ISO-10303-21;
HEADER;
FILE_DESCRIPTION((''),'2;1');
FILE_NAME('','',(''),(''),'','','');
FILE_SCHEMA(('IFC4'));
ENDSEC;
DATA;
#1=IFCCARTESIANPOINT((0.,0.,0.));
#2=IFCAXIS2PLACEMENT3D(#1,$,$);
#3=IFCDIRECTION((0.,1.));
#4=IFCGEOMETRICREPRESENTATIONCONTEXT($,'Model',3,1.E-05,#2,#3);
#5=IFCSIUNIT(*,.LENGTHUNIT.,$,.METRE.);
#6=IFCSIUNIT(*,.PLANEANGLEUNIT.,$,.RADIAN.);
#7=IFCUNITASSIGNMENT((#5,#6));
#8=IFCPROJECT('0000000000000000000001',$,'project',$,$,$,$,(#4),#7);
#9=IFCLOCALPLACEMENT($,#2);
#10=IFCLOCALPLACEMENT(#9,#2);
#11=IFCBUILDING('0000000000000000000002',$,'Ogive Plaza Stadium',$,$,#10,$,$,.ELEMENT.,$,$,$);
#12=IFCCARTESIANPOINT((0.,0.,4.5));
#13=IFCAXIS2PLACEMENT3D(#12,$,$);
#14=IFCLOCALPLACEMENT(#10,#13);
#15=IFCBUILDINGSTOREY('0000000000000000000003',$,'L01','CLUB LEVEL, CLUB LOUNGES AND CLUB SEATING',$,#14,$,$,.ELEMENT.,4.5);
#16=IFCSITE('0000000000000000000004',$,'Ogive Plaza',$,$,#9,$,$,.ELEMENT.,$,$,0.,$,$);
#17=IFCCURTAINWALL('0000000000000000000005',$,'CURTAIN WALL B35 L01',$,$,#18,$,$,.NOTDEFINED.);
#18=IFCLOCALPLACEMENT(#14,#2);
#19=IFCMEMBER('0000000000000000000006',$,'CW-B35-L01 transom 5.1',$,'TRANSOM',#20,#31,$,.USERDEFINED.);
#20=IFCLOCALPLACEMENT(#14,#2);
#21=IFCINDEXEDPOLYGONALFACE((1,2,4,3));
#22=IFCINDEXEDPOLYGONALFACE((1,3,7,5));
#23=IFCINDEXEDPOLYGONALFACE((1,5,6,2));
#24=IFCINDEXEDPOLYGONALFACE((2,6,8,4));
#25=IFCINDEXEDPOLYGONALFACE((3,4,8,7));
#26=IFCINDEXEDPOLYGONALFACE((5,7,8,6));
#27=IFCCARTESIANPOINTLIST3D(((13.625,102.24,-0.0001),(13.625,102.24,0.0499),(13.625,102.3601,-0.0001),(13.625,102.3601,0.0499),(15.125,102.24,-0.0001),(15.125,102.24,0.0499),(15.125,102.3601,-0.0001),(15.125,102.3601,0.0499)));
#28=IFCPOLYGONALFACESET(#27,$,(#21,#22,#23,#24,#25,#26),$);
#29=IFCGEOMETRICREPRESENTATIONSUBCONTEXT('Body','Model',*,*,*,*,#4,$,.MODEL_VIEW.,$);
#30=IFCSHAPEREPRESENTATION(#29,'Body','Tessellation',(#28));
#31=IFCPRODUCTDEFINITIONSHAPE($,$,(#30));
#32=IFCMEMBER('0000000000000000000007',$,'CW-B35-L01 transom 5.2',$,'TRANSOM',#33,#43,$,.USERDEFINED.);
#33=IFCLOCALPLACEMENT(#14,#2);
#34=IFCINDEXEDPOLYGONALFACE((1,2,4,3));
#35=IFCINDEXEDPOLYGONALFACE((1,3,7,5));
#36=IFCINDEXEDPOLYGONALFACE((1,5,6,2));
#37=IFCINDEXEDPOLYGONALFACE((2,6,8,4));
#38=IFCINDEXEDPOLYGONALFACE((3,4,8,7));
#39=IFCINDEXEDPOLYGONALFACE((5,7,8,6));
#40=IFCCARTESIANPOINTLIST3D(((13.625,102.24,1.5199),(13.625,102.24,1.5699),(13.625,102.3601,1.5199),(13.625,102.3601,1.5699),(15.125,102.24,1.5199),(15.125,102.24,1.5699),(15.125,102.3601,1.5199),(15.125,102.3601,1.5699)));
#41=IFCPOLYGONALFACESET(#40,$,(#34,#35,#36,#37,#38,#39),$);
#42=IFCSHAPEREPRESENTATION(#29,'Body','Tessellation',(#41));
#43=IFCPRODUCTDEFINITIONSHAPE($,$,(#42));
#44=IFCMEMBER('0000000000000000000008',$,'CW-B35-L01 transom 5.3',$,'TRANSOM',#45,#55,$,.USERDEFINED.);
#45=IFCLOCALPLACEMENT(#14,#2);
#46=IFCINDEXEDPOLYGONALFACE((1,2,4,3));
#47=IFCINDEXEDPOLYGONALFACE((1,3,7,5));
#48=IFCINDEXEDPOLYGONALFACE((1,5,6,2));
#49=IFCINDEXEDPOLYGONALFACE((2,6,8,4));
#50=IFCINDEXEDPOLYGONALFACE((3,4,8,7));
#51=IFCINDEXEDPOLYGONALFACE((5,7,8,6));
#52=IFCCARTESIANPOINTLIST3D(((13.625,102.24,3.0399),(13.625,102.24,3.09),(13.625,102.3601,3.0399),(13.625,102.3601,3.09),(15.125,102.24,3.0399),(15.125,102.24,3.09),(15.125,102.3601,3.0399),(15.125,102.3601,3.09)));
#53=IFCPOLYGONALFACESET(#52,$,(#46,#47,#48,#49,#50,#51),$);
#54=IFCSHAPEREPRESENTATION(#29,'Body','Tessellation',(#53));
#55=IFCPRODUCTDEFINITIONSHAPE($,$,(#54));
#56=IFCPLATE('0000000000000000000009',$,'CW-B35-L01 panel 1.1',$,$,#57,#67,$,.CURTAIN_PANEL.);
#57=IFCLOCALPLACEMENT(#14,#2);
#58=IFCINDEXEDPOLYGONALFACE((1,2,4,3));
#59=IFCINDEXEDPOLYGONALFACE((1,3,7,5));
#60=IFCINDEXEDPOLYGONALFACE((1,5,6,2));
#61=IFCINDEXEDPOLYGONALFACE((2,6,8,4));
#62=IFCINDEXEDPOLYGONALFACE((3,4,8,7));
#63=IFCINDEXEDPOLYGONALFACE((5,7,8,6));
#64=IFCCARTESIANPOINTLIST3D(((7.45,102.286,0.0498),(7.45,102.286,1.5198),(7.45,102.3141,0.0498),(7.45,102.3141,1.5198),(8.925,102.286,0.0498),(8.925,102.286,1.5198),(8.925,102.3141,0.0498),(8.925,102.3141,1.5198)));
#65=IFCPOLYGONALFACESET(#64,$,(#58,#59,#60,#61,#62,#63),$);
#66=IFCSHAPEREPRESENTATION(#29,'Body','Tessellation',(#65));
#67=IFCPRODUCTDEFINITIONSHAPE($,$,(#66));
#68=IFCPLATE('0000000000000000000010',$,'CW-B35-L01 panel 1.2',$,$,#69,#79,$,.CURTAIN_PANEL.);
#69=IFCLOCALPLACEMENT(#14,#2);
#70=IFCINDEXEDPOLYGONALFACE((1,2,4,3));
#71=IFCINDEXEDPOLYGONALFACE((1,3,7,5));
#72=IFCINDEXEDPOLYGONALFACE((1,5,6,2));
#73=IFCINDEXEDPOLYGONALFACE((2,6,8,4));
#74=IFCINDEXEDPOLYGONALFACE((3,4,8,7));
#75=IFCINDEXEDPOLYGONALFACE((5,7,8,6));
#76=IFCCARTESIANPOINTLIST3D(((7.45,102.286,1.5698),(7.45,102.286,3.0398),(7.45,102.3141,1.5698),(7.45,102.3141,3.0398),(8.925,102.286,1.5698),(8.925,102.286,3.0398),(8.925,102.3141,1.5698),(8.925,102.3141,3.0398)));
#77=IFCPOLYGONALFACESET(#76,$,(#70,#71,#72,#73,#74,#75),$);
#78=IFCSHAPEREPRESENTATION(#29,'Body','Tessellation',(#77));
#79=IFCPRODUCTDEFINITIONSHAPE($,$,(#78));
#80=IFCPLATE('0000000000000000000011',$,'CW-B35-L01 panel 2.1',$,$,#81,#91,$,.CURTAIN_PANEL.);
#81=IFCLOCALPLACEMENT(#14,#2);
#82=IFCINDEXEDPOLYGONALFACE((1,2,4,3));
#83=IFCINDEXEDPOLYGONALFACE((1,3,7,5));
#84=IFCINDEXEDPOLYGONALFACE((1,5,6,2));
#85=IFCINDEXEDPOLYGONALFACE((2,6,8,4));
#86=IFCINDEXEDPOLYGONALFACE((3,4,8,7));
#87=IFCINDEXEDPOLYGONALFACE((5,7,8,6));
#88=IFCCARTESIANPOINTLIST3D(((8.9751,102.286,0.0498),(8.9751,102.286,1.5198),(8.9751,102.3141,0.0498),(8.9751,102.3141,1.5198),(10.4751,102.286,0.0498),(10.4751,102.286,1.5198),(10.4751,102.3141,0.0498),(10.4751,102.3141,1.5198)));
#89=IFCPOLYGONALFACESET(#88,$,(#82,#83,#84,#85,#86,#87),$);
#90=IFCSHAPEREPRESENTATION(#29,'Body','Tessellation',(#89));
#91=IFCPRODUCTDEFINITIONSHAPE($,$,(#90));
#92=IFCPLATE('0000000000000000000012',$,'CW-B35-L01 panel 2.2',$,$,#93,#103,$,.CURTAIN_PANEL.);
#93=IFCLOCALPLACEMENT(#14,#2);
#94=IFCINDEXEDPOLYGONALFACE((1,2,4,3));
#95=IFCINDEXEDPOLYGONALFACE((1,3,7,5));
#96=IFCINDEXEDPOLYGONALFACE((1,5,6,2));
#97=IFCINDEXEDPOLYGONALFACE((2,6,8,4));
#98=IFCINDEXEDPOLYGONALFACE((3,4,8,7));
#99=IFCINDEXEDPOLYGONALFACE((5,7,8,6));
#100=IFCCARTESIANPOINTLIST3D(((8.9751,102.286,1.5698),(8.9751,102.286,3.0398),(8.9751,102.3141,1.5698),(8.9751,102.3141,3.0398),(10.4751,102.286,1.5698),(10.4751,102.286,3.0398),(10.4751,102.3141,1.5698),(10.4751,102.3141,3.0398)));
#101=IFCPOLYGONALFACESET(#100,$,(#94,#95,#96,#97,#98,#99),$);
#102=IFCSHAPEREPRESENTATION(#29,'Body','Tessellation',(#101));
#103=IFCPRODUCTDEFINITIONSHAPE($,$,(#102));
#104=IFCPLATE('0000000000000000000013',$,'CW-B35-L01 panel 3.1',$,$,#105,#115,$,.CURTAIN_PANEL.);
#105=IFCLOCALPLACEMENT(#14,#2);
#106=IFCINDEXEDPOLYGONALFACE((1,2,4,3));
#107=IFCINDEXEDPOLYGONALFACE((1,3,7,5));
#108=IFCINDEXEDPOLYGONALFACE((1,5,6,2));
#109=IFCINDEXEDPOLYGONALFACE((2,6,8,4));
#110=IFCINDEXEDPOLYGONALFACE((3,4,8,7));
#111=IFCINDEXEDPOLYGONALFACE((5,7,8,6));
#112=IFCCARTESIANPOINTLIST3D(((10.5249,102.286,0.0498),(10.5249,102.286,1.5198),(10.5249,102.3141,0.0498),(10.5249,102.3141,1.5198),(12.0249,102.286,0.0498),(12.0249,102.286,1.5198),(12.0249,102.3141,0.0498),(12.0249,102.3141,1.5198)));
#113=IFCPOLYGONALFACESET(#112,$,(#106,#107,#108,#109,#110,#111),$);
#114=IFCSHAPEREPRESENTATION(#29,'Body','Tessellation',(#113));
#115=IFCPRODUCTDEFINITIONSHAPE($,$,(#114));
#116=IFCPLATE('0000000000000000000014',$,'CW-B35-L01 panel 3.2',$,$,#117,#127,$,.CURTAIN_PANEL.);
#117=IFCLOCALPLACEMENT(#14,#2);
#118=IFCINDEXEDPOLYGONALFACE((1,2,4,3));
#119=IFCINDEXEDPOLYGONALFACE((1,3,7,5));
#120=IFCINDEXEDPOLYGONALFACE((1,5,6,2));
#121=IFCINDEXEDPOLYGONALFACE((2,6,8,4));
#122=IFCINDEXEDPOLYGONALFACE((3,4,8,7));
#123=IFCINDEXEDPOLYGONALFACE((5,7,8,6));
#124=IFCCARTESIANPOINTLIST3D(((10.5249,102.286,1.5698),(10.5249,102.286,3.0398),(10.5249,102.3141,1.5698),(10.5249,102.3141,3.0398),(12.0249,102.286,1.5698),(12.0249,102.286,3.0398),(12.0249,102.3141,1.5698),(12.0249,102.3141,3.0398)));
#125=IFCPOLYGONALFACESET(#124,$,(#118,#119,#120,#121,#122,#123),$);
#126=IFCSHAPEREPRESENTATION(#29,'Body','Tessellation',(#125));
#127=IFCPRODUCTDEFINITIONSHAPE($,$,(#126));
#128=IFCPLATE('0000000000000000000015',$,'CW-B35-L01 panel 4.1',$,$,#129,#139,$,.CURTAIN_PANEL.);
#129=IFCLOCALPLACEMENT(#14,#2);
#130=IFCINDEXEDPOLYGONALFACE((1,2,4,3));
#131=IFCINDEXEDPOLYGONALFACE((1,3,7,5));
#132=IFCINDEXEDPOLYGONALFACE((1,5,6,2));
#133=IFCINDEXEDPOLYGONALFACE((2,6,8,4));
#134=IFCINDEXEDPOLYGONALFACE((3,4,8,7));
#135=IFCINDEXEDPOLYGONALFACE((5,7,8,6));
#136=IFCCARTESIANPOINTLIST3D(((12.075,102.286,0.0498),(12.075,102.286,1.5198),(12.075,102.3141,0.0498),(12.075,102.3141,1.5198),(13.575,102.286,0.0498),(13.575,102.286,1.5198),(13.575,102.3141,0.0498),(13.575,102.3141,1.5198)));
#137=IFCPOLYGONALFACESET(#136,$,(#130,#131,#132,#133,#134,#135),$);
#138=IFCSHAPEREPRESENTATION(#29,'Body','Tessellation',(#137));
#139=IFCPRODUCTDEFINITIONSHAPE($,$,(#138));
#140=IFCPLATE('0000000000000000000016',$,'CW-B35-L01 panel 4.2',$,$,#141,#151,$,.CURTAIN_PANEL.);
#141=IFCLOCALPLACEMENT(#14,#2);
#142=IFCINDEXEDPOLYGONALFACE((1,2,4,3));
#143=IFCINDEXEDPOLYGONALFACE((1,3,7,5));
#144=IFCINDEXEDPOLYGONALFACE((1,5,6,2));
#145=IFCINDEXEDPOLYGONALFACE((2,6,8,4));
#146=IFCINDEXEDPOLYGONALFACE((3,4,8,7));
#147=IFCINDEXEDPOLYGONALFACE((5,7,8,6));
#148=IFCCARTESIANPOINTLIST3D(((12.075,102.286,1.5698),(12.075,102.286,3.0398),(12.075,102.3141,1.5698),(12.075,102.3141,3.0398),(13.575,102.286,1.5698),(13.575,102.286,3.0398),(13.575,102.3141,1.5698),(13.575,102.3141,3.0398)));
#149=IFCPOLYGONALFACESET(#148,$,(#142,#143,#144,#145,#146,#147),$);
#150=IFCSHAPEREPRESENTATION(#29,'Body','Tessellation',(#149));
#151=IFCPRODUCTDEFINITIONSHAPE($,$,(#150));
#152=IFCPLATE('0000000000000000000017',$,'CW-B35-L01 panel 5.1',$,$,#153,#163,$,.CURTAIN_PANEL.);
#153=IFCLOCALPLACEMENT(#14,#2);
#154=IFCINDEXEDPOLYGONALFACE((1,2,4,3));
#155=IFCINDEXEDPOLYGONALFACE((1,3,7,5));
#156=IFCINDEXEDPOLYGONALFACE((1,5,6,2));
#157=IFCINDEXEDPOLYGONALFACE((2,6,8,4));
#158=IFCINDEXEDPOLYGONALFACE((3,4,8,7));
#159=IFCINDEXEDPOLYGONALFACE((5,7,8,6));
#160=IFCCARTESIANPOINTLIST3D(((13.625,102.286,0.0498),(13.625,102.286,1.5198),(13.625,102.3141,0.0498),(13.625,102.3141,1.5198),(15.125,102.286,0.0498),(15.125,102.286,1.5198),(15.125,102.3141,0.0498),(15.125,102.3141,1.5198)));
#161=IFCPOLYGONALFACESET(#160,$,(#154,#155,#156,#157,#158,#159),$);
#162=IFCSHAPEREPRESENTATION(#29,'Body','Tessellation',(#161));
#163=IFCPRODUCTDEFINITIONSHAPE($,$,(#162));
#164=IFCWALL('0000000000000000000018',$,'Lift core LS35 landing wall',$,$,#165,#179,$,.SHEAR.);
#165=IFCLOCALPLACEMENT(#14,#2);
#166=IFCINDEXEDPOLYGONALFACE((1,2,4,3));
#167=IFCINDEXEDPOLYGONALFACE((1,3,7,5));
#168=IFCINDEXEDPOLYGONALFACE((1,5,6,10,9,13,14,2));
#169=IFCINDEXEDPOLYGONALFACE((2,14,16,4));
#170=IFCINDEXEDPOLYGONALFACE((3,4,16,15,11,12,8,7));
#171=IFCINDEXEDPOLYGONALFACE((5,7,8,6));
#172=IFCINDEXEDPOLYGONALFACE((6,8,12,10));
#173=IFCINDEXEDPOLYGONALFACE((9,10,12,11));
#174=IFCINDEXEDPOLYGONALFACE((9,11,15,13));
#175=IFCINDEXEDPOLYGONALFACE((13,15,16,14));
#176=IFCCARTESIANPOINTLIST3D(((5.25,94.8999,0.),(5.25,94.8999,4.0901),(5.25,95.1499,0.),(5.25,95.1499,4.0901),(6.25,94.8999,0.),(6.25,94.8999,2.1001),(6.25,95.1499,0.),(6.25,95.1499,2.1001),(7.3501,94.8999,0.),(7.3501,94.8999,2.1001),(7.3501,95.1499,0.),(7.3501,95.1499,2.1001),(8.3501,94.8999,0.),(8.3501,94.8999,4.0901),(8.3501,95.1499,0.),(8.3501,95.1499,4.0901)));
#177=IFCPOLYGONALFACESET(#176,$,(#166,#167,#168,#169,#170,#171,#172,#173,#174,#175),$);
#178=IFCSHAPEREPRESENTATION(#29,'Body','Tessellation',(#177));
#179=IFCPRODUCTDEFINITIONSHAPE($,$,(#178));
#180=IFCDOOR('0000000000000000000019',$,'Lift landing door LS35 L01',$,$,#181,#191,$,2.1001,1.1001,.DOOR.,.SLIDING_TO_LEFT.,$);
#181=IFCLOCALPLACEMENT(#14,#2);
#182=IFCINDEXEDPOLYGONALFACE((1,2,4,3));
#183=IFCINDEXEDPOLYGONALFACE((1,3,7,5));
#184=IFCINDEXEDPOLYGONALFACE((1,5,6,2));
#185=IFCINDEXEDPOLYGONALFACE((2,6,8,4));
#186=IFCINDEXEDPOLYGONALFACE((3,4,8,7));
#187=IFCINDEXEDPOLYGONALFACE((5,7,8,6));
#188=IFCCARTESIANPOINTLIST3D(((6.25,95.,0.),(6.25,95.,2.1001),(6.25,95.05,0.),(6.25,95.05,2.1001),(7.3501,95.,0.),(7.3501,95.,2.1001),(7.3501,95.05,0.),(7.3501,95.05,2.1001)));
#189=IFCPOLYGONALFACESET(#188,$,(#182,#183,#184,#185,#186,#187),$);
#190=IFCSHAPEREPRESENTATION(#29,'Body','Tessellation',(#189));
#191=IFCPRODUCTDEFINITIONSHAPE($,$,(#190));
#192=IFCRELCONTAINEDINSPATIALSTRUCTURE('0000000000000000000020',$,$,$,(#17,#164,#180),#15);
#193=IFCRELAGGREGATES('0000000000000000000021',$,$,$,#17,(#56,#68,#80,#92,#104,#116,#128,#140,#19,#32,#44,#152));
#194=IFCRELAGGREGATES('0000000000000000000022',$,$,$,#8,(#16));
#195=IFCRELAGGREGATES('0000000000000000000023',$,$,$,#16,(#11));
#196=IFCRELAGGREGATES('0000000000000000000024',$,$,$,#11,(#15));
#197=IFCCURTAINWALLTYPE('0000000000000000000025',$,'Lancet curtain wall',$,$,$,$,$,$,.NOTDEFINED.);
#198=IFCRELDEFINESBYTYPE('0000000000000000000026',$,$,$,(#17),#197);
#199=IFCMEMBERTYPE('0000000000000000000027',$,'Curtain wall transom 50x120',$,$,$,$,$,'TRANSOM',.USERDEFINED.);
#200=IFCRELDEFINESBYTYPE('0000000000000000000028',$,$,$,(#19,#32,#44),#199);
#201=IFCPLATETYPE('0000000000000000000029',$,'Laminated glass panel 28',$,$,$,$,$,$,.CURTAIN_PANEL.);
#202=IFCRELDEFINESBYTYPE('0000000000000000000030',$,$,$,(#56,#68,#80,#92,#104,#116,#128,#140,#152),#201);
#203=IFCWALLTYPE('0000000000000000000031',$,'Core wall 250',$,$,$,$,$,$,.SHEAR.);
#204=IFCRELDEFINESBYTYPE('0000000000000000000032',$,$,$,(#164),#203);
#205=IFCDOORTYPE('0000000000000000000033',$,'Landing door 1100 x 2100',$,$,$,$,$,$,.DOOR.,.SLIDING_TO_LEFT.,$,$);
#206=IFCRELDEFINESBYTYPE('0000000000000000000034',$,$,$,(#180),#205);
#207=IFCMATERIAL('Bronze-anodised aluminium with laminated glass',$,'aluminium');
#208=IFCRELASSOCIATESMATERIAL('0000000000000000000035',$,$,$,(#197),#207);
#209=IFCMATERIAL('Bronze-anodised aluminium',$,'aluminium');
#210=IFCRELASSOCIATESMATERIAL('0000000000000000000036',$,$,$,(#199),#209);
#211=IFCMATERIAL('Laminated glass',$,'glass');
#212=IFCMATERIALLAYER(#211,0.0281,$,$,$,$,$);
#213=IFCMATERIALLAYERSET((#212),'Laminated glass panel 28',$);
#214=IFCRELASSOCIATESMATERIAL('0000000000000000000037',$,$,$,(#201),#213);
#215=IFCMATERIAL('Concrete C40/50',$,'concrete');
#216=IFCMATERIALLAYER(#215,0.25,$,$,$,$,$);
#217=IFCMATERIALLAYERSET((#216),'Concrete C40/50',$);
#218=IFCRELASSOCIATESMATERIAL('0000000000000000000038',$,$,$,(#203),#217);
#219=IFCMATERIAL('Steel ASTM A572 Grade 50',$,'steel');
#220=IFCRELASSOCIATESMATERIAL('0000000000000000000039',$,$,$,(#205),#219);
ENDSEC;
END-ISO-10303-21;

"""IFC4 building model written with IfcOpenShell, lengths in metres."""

from ifc_helpers import new_model, si_unit, direction, frame, frame_2d, origin, origin_2d, place, context, subcontext, project, spatial, rectangle, extrude, material, layer, layer_set, material_profile, profile_set, type_object, element, fill, aggregate, save


model = new_model("IFC4")

# Units and contexts
model_context = context("Model", 3, precision=1e-05, world=origin(), true_north=direction((0.0, 1.0)))
body_context = subcontext(model_context, "Body", "Model", "MODEL_VIEW")
ifc_project = project(units=[si_unit("LENGTHUNIT", "METRE"), si_unit("PLANEANGLEUNIT", "RADIAN")], contexts=[model_context])

# Site, building, storey
site_placement = place(None, origin())
site = spatial("IfcSite", under=ifc_project, at=site_placement, Name="Ogive Plaza", CompositionType="ELEMENT", RefElevation=0.0)
building_placement = place(site_placement, origin())
building = spatial("IfcBuilding", under=site, at=building_placement, Name="Ogive Plaza Stadium", CompositionType="ELEMENT")
storey_placement = place(building_placement, frame((0.0, 0.0, 4.5)))
storey = spatial("IfcBuildingStorey", under=building, at=storey_placement, Name="L01", Description="CLUB LEVEL, CLUB LOUNGES AND CLUB SEATING", CompositionType="ELEMENT", Elevation=4.5)

# Curtain wall, members, plates
ifc_material_1 = material(Name="Bronze-anodised aluminium with laminated glass", Category="aluminium")
curtain_wall_type = type_object("IfcCurtainWallType", Name="Lancet curtain wall", PredefinedType="NOTDEFINED", material=ifc_material_1)
curtain_wall_placement = place(storey_placement, origin())
curtain_wall = element("IfcCurtainWall", 1, at=curtain_wall_placement, inside=storey, type_object=curtain_wall_type, Name="CURTAIN WALL B35 L01", PredefinedType="NOTDEFINED")
ifc_material_2 = material(Name="Bronze-anodised aluminium", Category="aluminium")
ifc_material_profile_1 = material_profile(ifc_material_2, rectangle(XDim=0.1201, YDim=0.05, at=origin_2d()), Name="AL 120x50")
ifc_profile_set_1 = profile_set([ifc_material_profile_1], Name="Bronze-anodised aluminium")
member_type_1 = type_object("IfcMemberType", Name="Curtain wall transom 50x120", ElementType="TRANSOM", PredefinedType="USERDEFINED", material=ifc_profile_set_1)
member_1_placement = place(storey_placement, frame((13.625, 102.3, 0.0249), z_axis=(1.0, 0.0, 0.0), x_axis=(0.0, 1.0, 0.0)))
member_1 = element("IfcMember", 2, at=member_1_placement, type_object=member_type_1, Name="CW-B35-L01 transom 5.1", ObjectType="TRANSOM", PredefinedType="USERDEFINED", context=body_context, shape_type="SweptSolid", body=[
    extrude(rectangle(XDim=0.1201, YDim=0.05, at=origin_2d()), origin(), (0.0, 0.0, 1.0), 1.5),
])
member_2_placement = place(storey_placement, frame((13.625, 102.3, 1.5449), z_axis=(1.0, 0.0, 0.0), x_axis=(0.0, 1.0, 0.0)))
member_2 = element("IfcMember", 3, at=member_2_placement, type_object=member_type_1, Name="CW-B35-L01 transom 5.2", ObjectType="TRANSOM", PredefinedType="USERDEFINED", context=body_context, shape_type="SweptSolid", body=[
    extrude(rectangle(XDim=0.1201, YDim=0.05, at=origin_2d()), origin(), (0.0, 0.0, 1.0), 1.5),
])
member_3_placement = place(storey_placement, frame((13.625, 102.3, 3.0649), z_axis=(1.0, 0.0, 0.0), x_axis=(0.0, 1.0, 0.0)))
member_3 = element("IfcMember", 4, at=member_3_placement, type_object=member_type_1, Name="CW-B35-L01 transom 5.3", ObjectType="TRANSOM", PredefinedType="USERDEFINED", context=body_context, shape_type="SweptSolid", body=[
    extrude(rectangle(XDim=0.1201, YDim=0.05, at=origin_2d()), origin(), (0.0, 0.0, 1.0), 1.5),
])
ifc_material_3 = material(Name="Laminated glass", Category="glass")
ifc_layer_1 = layer(ifc_material_3, 0.0281)
ifc_layer_set_1 = layer_set([ifc_layer_1], Name="Laminated glass panel 28")
plate_type = type_object("IfcPlateType", Name="Laminated glass panel 28", PredefinedType="CURTAIN_PANEL", material=ifc_layer_set_1)
plate_1_placement = place(storey_placement, frame((8.1875, 102.3, 0.0498), z_axis=(0.0, 0.0, 1.0), x_axis=(1.0, 0.0, 0.0)))
plate_1 = element("IfcPlate", 5, at=plate_1_placement, type_object=plate_type, Name="CW-B35-L01 panel 1.1", PredefinedType="CURTAIN_PANEL", context=body_context, shape_type="SweptSolid", body=[
    extrude(rectangle(XDim=1.4751, YDim=0.0281, at=origin_2d()), origin(), (0.0, 0.0, 1.0), 1.47),
])
plate_2_placement = place(storey_placement, frame((8.1875, 102.3, 1.5698), z_axis=(0.0, 0.0, 1.0), x_axis=(1.0, 0.0, 0.0)))
plate_2 = element("IfcPlate", 6, at=plate_2_placement, type_object=plate_type, Name="CW-B35-L01 panel 1.2", PredefinedType="CURTAIN_PANEL", context=body_context, shape_type="SweptSolid", body=[
    extrude(rectangle(XDim=1.4751, YDim=0.0281, at=origin_2d()), origin(), (0.0, 0.0, 1.0), 1.47),
])
plate_3_placement = place(storey_placement, frame((9.7251, 102.3, 0.0498), z_axis=(0.0, 0.0, 1.0), x_axis=(1.0, 0.0, 0.0)))
plate_3 = element("IfcPlate", 7, at=plate_3_placement, type_object=plate_type, Name="CW-B35-L01 panel 2.1", PredefinedType="CURTAIN_PANEL", context=body_context, shape_type="SweptSolid", body=[
    extrude(rectangle(XDim=1.5, YDim=0.0281, at=origin_2d()), origin(), (0.0, 0.0, 1.0), 1.47),
])
plate_4_placement = place(storey_placement, frame((9.7251, 102.3, 1.5698), z_axis=(0.0, 0.0, 1.0), x_axis=(1.0, 0.0, 0.0)))
plate_4 = element("IfcPlate", 8, at=plate_4_placement, type_object=plate_type, Name="CW-B35-L01 panel 2.2", PredefinedType="CURTAIN_PANEL", context=body_context, shape_type="SweptSolid", body=[
    extrude(rectangle(XDim=1.5, YDim=0.0281, at=origin_2d()), origin(), (0.0, 0.0, 1.0), 1.47),
])
plate_5_placement = place(storey_placement, frame((11.2749, 102.3, 0.0498), z_axis=(0.0, 0.0, 1.0), x_axis=(1.0, 0.0, 0.0)))
plate_5 = element("IfcPlate", 9, at=plate_5_placement, type_object=plate_type, Name="CW-B35-L01 panel 3.1", PredefinedType="CURTAIN_PANEL", context=body_context, shape_type="SweptSolid", body=[
    extrude(rectangle(XDim=1.5, YDim=0.0281, at=origin_2d()), origin(), (0.0, 0.0, 1.0), 1.47),
])
plate_6_placement = place(storey_placement, frame((11.2749, 102.3, 1.5698), z_axis=(0.0, 0.0, 1.0), x_axis=(1.0, 0.0, 0.0)))
plate_6 = element("IfcPlate", 10, at=plate_6_placement, type_object=plate_type, Name="CW-B35-L01 panel 3.2", PredefinedType="CURTAIN_PANEL", context=body_context, shape_type="SweptSolid", body=[
    extrude(rectangle(XDim=1.5, YDim=0.0281, at=origin_2d()), origin(), (0.0, 0.0, 1.0), 1.47),
])
plate_7_placement = place(storey_placement, frame((12.825, 102.3, 0.0498), z_axis=(0.0, 0.0, 1.0), x_axis=(1.0, 0.0, 0.0)))
plate_7 = element("IfcPlate", 11, at=plate_7_placement, type_object=plate_type, Name="CW-B35-L01 panel 4.1", PredefinedType="CURTAIN_PANEL", context=body_context, shape_type="SweptSolid", body=[
    extrude(rectangle(XDim=1.5, YDim=0.0281, at=origin_2d()), origin(), (0.0, 0.0, 1.0), 1.47),
])
plate_8_placement = place(storey_placement, frame((12.825, 102.3, 1.5698), z_axis=(0.0, 0.0, 1.0), x_axis=(1.0, 0.0, 0.0)))
plate_8 = element("IfcPlate", 12, at=plate_8_placement, type_object=plate_type, Name="CW-B35-L01 panel 4.2", PredefinedType="CURTAIN_PANEL", context=body_context, shape_type="SweptSolid", body=[
    extrude(rectangle(XDim=1.5, YDim=0.0281, at=origin_2d()), origin(), (0.0, 0.0, 1.0), 1.47),
])
plate_9_placement = place(storey_placement, frame((14.375, 102.3, 0.0498), z_axis=(0.0, 0.0, 1.0), x_axis=(1.0, 0.0, 0.0)))
plate_9 = element("IfcPlate", 13, at=plate_9_placement, type_object=plate_type, Name="CW-B35-L01 panel 5.1", PredefinedType="CURTAIN_PANEL", context=body_context, shape_type="SweptSolid", body=[
    extrude(rectangle(XDim=1.5, YDim=0.0281, at=origin_2d()), origin(), (0.0, 0.0, 1.0), 1.47),
])
aggregate(curtain_wall, [plate_1, plate_2, plate_3, plate_4, plate_5, plate_6, plate_7, plate_8, member_1, member_2, member_3, plate_9])

# Wall, opening, door
ifc_material_4 = material(Name="Concrete C40/50", Category="concrete")
ifc_layer_2 = layer(ifc_material_4, 0.25)
ifc_layer_set_2 = layer_set([ifc_layer_2], Name="Concrete C40/50")
wall_type = type_object("IfcWallType", Name="Core wall 250", PredefinedType="SHEAR", material=ifc_layer_set_2)
wall_1_placement = place(storey_placement, frame((8.3501, 95.0249, 0.0), z_axis=(0.0, 0.0, 1.0), x_axis=(-1.0, 0.0, 0.0)))
wall_1 = element("IfcWall", 14, at=wall_1_placement, inside=storey, type_object=wall_type, Name="Lift core LS35 landing wall", PredefinedType="SHEAR", context=body_context, shape_type="SweptSolid", body=[
    extrude(rectangle(XDim=3.1001, YDim=0.25, at=frame_2d((1.55, 0.0))), origin(), (0.0, 0.0, 1.0), 4.0901),
])
opening_placement = place(wall_1_placement, frame((1.0, 0.0, 0.0)))
opening = element("IfcOpeningElement", 15, at=opening_placement, cuts=wall_1, PredefinedType="OPENING", context=body_context, shape_type="SweptSolid", body=[
    extrude(rectangle(XDim=1.1001, YDim=2.1001, at=frame_2d((0.55, 1.05))), frame((0.0, 0.125, 0.0), z_axis=(0.0, -1.0, 0.0), x_axis=(1.0, 0.0, 0.0)), (0.0, 0.0, 1.0), 0.25),
])
ifc_material_5 = material(Name="Steel ASTM A572 Grade 50", Category="steel")
door_type = type_object("IfcDoorType", Name="Landing door 1100 x 2100", OperationType="SLIDING_TO_LEFT", PredefinedType="DOOR", material=ifc_material_5)
door_placement = place(opening_placement, origin())
door = element("IfcDoor", 16, at=door_placement, inside=storey, type_object=door_type, Name="Lift landing door LS35 L01", OperationType="SLIDING_TO_LEFT", OverallHeight=2.1001, OverallWidth=1.1001, PredefinedType="DOOR", context=body_context, shape_type="SweptSolid", body=[
    extrude(rectangle(XDim=1.1001, YDim=2.1001, at=frame_2d((0.55, 1.05))), frame((0.0, 0.0249, 0.0), z_axis=(0.0, -1.0, 0.0), x_axis=(1.0, 0.0, 0.0)), (0.0, 0.0, 1.0), 0.05),
])
fill(opening, door)

save(model, "model.ifc")
